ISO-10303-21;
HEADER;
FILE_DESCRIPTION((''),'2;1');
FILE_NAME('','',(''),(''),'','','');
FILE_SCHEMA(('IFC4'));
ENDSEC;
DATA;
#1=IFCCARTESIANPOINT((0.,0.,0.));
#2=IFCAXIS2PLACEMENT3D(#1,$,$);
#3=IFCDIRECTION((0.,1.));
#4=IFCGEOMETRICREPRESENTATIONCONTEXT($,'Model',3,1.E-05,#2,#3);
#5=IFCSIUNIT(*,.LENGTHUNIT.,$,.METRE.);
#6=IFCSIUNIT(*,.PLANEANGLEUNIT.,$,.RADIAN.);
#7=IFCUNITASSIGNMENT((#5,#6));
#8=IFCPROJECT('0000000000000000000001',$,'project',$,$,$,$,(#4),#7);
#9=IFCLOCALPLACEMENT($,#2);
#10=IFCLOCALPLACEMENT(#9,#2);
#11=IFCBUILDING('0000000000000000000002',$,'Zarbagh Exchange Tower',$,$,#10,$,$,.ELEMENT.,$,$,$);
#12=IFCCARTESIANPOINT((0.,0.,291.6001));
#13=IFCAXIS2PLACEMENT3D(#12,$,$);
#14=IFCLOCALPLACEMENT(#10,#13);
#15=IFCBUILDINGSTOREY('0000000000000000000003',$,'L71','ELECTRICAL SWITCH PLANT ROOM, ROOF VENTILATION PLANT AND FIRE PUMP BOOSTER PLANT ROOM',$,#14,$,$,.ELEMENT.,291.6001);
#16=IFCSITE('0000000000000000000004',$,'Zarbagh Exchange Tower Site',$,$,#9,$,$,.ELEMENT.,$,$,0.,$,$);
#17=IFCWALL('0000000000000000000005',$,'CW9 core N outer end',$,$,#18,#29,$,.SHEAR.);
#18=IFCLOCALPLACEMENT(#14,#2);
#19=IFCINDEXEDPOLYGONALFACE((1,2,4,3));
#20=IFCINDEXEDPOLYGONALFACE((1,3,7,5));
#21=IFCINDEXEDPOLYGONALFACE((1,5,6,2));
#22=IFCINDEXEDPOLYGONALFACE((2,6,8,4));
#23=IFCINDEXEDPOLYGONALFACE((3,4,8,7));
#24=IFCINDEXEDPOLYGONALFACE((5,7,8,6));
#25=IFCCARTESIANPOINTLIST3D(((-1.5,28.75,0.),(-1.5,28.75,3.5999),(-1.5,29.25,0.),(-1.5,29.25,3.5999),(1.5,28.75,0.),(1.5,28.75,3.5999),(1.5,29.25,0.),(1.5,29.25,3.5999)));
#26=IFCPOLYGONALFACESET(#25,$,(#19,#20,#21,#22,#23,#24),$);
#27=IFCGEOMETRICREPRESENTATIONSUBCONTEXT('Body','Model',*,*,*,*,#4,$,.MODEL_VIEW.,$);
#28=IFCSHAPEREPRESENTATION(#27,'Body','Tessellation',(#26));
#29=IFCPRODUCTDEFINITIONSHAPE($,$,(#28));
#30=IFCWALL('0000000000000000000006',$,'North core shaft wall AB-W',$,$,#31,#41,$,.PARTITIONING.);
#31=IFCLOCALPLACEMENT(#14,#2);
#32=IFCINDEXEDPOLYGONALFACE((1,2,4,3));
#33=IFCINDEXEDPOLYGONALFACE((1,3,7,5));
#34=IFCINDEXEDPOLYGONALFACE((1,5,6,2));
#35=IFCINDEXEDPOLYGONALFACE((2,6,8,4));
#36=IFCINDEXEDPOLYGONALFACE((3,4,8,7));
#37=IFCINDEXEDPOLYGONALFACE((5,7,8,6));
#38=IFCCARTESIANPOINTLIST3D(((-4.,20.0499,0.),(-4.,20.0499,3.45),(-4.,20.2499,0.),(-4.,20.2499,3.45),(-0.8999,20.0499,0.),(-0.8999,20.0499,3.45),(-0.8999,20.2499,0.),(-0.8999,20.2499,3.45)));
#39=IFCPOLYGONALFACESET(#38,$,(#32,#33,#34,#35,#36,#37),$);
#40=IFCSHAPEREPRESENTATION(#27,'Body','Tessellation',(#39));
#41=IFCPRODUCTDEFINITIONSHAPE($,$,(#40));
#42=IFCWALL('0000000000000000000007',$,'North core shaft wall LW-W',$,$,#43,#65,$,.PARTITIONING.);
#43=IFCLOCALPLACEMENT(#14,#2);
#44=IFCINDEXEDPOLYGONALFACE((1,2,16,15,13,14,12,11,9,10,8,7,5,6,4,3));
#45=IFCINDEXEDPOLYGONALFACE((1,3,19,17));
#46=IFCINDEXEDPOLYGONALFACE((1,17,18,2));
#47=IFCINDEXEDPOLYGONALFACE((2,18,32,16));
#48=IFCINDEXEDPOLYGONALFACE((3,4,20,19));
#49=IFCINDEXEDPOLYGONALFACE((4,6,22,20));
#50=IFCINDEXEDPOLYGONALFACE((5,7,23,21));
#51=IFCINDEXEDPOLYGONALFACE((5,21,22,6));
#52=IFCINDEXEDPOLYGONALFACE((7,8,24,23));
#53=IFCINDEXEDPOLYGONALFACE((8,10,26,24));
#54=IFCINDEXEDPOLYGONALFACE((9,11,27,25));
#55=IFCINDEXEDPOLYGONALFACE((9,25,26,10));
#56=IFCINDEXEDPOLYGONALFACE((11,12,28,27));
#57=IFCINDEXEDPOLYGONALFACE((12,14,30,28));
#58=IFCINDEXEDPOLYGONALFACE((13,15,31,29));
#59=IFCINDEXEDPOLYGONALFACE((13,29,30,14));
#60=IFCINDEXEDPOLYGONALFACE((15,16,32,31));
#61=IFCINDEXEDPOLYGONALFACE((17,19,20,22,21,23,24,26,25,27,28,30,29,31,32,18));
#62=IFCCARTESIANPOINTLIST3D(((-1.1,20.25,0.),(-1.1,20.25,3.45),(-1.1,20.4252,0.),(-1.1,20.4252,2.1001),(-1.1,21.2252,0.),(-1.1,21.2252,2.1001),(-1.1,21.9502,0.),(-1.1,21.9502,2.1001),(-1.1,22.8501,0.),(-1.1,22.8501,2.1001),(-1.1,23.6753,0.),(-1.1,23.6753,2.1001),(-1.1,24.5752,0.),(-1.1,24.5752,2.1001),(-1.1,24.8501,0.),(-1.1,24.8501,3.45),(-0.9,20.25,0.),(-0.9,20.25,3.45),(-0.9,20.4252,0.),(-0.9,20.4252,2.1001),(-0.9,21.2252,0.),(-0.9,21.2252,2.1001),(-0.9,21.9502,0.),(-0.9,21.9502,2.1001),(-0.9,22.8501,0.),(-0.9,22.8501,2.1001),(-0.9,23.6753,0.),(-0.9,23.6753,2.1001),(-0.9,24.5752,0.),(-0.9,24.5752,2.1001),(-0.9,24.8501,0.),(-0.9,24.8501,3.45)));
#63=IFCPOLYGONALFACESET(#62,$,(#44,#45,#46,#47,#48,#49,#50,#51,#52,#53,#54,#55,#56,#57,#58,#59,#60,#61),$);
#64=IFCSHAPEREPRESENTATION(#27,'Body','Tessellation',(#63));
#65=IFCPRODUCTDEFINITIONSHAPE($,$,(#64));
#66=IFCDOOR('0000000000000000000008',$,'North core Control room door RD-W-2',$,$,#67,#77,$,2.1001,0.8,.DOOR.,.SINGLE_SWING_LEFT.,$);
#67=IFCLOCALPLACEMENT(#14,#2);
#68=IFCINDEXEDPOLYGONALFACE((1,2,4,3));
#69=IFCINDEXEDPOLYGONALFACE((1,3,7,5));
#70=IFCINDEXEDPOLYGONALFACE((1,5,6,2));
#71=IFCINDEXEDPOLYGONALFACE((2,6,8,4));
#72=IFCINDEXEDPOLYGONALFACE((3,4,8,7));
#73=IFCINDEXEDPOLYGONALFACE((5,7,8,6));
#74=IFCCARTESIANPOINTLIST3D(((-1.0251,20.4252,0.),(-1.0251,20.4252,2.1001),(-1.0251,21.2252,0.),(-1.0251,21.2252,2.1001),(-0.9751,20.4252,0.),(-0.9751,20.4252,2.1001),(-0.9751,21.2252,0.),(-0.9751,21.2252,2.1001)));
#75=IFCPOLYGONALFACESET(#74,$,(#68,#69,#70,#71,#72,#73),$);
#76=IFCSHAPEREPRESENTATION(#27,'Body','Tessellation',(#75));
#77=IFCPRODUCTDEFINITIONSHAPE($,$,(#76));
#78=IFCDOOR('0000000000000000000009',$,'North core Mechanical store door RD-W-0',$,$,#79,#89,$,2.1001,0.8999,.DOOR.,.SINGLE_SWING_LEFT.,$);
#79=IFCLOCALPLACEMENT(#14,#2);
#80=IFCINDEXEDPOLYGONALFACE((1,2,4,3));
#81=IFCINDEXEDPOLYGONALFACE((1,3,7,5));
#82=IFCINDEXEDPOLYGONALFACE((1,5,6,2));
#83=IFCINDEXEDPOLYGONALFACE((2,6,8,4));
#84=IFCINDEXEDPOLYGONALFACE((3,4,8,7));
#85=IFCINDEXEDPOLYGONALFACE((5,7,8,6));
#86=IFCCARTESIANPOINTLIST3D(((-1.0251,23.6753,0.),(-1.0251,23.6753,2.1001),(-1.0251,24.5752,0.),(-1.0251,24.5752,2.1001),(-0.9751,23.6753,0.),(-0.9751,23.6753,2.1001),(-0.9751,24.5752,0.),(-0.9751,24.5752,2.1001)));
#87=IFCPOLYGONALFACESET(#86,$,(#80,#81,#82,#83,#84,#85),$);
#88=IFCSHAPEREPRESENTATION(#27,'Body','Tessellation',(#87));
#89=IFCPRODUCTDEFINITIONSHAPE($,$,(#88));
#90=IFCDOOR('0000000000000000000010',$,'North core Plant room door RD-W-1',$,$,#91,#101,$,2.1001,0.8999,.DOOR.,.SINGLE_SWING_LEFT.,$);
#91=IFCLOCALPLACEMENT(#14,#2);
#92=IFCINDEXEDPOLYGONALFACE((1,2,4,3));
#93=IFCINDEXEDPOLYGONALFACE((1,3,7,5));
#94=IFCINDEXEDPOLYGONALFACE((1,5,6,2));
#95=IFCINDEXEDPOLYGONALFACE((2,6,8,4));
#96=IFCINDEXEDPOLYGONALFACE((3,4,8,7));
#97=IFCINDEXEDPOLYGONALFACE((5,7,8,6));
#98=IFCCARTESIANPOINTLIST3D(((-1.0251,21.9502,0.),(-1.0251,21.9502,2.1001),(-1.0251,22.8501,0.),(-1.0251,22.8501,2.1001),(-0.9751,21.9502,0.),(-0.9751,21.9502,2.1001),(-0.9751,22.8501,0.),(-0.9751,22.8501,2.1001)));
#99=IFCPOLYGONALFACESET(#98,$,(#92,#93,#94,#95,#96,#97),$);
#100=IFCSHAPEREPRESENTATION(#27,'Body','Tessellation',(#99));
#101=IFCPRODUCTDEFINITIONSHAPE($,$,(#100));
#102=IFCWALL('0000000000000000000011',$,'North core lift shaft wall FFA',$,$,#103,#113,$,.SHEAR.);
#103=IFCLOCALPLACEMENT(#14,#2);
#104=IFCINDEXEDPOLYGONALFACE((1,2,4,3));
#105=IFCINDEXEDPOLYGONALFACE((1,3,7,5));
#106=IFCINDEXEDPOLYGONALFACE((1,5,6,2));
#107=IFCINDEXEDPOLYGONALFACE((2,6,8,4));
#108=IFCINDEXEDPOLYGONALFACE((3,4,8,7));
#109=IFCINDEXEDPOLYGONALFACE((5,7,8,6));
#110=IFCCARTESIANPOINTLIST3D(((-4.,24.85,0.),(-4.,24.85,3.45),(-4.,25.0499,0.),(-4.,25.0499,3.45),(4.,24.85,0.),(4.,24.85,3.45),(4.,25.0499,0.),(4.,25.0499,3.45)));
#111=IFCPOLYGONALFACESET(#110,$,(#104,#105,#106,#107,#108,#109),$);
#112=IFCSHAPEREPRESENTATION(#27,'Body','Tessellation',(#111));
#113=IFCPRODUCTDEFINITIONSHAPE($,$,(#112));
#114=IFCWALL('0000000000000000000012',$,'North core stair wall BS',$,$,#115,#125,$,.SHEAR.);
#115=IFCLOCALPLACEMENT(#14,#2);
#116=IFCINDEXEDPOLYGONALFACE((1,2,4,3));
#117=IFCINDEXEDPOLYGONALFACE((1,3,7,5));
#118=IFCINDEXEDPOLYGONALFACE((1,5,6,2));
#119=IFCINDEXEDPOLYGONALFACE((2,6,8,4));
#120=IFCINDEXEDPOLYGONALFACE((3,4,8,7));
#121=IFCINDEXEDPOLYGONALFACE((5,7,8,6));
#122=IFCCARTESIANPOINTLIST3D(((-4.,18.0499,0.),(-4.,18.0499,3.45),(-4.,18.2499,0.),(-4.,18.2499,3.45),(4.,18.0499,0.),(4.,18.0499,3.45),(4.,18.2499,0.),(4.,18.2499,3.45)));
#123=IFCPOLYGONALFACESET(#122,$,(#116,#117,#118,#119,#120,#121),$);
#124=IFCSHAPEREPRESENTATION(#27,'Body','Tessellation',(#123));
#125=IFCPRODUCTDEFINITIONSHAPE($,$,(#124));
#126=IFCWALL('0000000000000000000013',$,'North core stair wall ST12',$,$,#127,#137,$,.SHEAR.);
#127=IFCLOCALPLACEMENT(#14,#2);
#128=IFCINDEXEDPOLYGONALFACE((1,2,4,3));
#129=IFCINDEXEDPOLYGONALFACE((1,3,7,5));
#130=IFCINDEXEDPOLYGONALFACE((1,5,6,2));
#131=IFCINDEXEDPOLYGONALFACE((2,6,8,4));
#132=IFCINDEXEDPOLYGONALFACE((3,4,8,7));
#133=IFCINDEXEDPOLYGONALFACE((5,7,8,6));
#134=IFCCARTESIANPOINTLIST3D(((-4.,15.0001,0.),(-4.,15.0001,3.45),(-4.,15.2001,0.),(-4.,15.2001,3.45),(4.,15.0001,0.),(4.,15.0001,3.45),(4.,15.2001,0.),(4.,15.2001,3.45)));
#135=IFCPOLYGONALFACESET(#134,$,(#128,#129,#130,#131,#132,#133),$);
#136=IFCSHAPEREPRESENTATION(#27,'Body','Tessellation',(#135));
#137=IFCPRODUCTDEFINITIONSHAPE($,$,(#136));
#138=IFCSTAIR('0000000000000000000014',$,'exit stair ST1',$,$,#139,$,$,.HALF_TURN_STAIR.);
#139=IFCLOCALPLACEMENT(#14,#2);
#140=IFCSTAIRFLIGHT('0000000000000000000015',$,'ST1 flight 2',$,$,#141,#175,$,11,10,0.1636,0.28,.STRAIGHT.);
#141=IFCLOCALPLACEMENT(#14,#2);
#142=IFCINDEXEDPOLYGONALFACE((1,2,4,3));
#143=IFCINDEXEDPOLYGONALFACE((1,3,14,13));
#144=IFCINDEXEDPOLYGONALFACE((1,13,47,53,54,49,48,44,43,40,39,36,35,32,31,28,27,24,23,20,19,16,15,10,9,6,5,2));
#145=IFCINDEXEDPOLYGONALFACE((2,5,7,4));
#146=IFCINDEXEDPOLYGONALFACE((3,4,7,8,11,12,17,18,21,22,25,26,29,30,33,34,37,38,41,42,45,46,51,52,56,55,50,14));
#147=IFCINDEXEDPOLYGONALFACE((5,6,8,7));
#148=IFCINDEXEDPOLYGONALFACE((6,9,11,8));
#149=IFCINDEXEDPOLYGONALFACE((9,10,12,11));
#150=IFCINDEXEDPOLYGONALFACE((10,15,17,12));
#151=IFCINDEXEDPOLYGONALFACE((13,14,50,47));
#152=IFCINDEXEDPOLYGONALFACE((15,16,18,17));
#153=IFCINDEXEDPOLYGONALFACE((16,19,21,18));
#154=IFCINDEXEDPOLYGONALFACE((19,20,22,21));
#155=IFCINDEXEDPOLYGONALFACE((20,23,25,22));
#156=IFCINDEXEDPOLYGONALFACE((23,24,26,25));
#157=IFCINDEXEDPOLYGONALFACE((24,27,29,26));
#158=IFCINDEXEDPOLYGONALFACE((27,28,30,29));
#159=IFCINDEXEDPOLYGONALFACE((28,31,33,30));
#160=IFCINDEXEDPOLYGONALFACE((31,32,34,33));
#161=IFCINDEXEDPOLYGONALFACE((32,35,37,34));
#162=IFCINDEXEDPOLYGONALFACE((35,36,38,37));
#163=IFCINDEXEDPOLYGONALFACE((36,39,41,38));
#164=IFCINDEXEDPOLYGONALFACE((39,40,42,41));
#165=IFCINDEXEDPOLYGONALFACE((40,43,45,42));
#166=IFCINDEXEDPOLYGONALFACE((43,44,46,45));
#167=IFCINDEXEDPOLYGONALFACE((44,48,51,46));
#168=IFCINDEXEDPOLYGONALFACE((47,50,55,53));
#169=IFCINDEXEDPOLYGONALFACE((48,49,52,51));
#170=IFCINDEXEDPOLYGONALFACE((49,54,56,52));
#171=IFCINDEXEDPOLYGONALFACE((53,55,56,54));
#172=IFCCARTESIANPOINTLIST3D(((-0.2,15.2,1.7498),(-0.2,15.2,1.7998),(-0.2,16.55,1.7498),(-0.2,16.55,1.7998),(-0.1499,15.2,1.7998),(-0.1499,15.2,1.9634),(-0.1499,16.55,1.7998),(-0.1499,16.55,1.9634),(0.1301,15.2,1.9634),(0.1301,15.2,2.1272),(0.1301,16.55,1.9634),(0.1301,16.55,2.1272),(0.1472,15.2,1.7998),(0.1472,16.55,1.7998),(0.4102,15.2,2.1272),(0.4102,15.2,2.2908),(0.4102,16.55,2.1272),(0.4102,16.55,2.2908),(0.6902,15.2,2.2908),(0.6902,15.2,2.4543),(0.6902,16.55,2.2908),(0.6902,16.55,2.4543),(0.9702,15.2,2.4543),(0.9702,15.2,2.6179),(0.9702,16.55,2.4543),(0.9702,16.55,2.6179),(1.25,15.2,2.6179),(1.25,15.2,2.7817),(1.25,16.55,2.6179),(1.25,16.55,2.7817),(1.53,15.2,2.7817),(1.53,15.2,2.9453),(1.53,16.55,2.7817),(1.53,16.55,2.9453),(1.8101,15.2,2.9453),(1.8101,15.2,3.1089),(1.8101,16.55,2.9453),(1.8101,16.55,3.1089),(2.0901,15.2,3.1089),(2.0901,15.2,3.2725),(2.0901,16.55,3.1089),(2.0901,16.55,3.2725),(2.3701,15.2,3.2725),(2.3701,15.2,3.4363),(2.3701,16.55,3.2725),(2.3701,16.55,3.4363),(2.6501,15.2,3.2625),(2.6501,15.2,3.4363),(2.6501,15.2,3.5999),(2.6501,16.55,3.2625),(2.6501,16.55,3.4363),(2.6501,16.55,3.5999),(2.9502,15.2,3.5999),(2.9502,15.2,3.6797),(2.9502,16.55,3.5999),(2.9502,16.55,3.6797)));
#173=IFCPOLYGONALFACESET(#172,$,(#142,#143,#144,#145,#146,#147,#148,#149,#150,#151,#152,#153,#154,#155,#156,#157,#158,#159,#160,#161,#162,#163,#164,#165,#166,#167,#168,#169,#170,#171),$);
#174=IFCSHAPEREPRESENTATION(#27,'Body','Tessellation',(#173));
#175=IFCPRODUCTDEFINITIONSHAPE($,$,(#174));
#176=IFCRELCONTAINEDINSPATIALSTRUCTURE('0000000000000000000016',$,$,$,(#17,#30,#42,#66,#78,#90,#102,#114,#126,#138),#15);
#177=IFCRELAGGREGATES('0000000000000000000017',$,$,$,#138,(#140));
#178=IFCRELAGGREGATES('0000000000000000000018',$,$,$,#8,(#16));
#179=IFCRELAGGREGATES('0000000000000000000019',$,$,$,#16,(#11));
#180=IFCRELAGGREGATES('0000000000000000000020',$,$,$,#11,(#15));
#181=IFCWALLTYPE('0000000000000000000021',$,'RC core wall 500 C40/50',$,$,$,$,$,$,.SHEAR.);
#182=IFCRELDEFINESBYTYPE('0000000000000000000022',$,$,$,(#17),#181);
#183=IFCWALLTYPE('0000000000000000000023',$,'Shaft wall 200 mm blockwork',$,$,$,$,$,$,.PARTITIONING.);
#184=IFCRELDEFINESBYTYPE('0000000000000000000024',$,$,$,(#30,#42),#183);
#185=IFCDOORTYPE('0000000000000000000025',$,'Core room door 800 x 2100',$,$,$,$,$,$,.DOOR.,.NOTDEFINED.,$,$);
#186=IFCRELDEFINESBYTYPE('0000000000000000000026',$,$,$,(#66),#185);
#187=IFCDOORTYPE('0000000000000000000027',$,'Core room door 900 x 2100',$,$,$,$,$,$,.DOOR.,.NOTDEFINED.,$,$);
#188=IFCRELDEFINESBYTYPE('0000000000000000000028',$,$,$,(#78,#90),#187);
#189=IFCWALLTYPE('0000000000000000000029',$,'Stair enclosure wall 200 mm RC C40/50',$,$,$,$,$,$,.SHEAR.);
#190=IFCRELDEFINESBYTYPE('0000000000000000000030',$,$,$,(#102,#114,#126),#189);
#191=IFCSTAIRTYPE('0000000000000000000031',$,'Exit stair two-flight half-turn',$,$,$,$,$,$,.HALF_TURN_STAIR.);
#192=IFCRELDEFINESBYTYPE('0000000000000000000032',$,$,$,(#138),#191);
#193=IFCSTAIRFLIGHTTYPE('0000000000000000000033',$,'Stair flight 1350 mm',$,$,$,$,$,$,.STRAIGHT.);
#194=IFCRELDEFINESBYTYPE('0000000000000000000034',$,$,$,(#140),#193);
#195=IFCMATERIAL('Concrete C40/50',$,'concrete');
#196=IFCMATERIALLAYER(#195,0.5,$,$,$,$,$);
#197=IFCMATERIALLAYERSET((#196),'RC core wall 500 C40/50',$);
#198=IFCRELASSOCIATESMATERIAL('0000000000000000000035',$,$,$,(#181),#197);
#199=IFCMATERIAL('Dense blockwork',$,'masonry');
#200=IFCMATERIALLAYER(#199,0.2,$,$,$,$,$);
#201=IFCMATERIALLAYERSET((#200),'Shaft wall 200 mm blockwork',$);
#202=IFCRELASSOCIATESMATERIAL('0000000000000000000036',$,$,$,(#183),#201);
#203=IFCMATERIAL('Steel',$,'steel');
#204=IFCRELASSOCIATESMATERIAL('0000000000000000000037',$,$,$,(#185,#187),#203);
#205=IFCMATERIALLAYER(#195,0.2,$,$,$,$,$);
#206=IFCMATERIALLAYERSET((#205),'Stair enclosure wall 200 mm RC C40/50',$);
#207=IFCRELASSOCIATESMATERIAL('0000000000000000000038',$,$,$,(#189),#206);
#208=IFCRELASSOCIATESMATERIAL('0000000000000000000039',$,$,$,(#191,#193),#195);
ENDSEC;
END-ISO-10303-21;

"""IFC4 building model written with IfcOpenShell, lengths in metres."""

from ifc_helpers import new_model, si_unit, direction, frame, frame_2d, origin, place, context, subcontext, project, spatial, polyline, rectangle, outline, extrude, material, layer, layer_set, type_object, element, fill, aggregate, save


model = new_model("IFC4")

# Units and contexts
model_context = context("Model", 3, precision=1e-05, world=origin(), true_north=direction((0.0, 1.0)))
body_context = subcontext(model_context, "Body", "Model", "MODEL_VIEW")
ifc_project = project(units=[si_unit("LENGTHUNIT", "METRE"), si_unit("PLANEANGLEUNIT", "RADIAN")], contexts=[model_context])

# Site, building, storey
site_placement = place(None, origin())
site = spatial("IfcSite", under=ifc_project, at=site_placement, Name="Zarbagh Exchange Tower Site", CompositionType="ELEMENT", RefElevation=0.0)
building_placement = place(site_placement, origin())
building = spatial("IfcBuilding", under=site, at=building_placement, Name="Zarbagh Exchange Tower", CompositionType="ELEMENT")
storey_placement = place(building_placement, frame((0.0, 0.0, 291.6001)))
storey = spatial("IfcBuildingStorey", under=building, at=storey_placement, Name="L71", Description="ELECTRICAL SWITCH PLANT ROOM, ROOF VENTILATION PLANT AND FIRE PUMP BOOSTER PLANT ROOM", CompositionType="ELEMENT", Elevation=291.6001)

# Shared definitions
ifc_material_1 = material(Name="Concrete C40/50", Category="concrete")

# Shared definitions
ifc_material_2 = material(Name="Dense blockwork", Category="masonry")

# Shared definitions
ifc_layer_1 = layer(ifc_material_1, 0.5)
ifc_layer_set_1 = layer_set([ifc_layer_1], Name="RC core wall 500 C40/50")
wall_type_1 = type_object("IfcWallType", Name="RC core wall 500 C40/50", PredefinedType="SHEAR", material=ifc_layer_set_1)
ifc_material_3 = material(Name="Steel", Category="steel")

# Walls
wall_1_placement = place(storey_placement, frame((-1.5, 29.0, 0.0), z_axis=(0.0, 0.0, 1.0), x_axis=(1.0, 0.0, 0.0)))
element("IfcWall", 1, at=wall_1_placement, inside=storey, type_object=wall_type_1, Name="CW9 core N outer end", PredefinedType="SHEAR", context=body_context, shape_type="SweptSolid", body=[
    extrude(rectangle(XDim=3.0, YDim=0.5, at=frame_2d((1.5, 0.0))), origin(), (0.0, 0.0, 1.0), 3.5999),
])
ifc_layer_2 = layer(ifc_material_2, 0.2)
ifc_layer_set_2 = layer_set([ifc_layer_2], Name="Shaft wall 200 mm blockwork")
wall_type_2 = type_object("IfcWallType", Name="Shaft wall 200 mm blockwork", PredefinedType="PARTITIONING", material=ifc_layer_set_2)
wall_2_placement = place(storey_placement, frame((-4.0, 20.1499, 0.0), z_axis=(0.0, 0.0, 1.0), x_axis=(1.0, 0.0, 0.0)))
element("IfcWall", 2, at=wall_2_placement, inside=storey, type_object=wall_type_2, Name="North core shaft wall AB-W", PredefinedType="PARTITIONING", context=body_context, shape_type="SweptSolid", body=[
    extrude(rectangle(XDim=3.1001, YDim=0.2, at=frame_2d((1.55, 0.0))), origin(), (0.0, 0.0, 1.0), 3.45),
])

# Wall, openings, doors
wall_3_placement = place(storey_placement, frame((-1.0, 24.8501, 0.0), z_axis=(0.0, 0.0, 1.0), x_axis=(0.0, -1.0, 0.0)))
wall_3 = element("IfcWall", 3, at=wall_3_placement, inside=storey, type_object=wall_type_2, Name="North core shaft wall LW-W", PredefinedType="PARTITIONING", context=body_context, shape_type="SweptSolid", body=[
    extrude(rectangle(XDim=4.6001, YDim=0.2, at=frame_2d((2.3, 0.0))), origin(), (0.0, 0.0, 1.0), 3.45),
])
opening_1_placement = place(wall_3_placement, frame((0.2749, 0.0, 0.0)))
opening_1 = element("IfcOpeningElement", 4, at=opening_1_placement, cuts=wall_3, PredefinedType="OPENING", context=body_context, shape_type="SweptSolid", body=[
    extrude(rectangle(XDim=0.8999, YDim=2.1001, at=frame_2d((0.45, 1.05))), frame((0.0, 0.1099, 0.0), z_axis=(0.0, -1.0, 0.0), x_axis=(1.0, 0.0, 0.0)), (0.0, 0.0, 1.0), 0.22),
])
opening_2_placement = place(wall_3_placement, frame((2.0, 0.0, 0.0)))
opening_2 = element("IfcOpeningElement", 5, at=opening_2_placement, cuts=wall_3, PredefinedType="OPENING", context=body_context, shape_type="SweptSolid", body=[
    extrude(rectangle(XDim=0.8999, YDim=2.1001, at=frame_2d((0.45, 1.05))), frame((0.0, 0.1099, 0.0), z_axis=(0.0, -1.0, 0.0), x_axis=(1.0, 0.0, 0.0)), (0.0, 0.0, 1.0), 0.22),
])
opening_3_placement = place(wall_3_placement, frame((3.625, 0.0, 0.0)))
opening_3 = element("IfcOpeningElement", 6, at=opening_3_placement, cuts=wall_3, PredefinedType="OPENING", context=body_context, shape_type="SweptSolid", body=[
    extrude(rectangle(XDim=0.8, YDim=2.1001, at=frame_2d((0.3999, 1.05))), frame((0.0, 0.1099, 0.0), z_axis=(0.0, -1.0, 0.0), x_axis=(1.0, 0.0, 0.0)), (0.0, 0.0, 1.0), 0.22),
])
door_type_1 = type_object("IfcDoorType", Name="Core room door 800 x 2100", OperationType="NOTDEFINED", PredefinedType="DOOR", material=ifc_material_3)
door_1_placement = place(opening_3_placement, origin())
door_1 = element("IfcDoor", 7, at=door_1_placement, inside=storey, type_object=door_type_1, Name="North core Control room door RD-W-2", OperationType="SINGLE_SWING_LEFT", OverallHeight=2.1001, OverallWidth=0.8, PredefinedType="DOOR", context=body_context, shape_type="SweptSolid", body=[
    extrude(rectangle(XDim=0.8, YDim=2.1001, at=frame_2d((0.3999, 1.05))), frame((0.0, 0.0249, 0.0), z_axis=(0.0, -1.0, 0.0), x_axis=(1.0, 0.0, 0.0)), (0.0, 0.0, 1.0), 0.05),
])
fill(opening_3, door_1)
door_type_2 = type_object("IfcDoorType", Name="Core room door 900 x 2100", OperationType="NOTDEFINED", PredefinedType="DOOR", material=ifc_material_3)
door_2_placement = place(opening_1_placement, origin())
door_2 = element("IfcDoor", 8, at=door_2_placement, inside=storey, type_object=door_type_2, Name="North core Mechanical store door RD-W-0", OperationType="SINGLE_SWING_LEFT", OverallHeight=2.1001, OverallWidth=0.8999, PredefinedType="DOOR", context=body_context, shape_type="SweptSolid", body=[
    extrude(rectangle(XDim=0.8999, YDim=2.1001, at=frame_2d((0.45, 1.05))), frame((0.0, 0.0249, 0.0), z_axis=(0.0, -1.0, 0.0), x_axis=(1.0, 0.0, 0.0)), (0.0, 0.0, 1.0), 0.05),
])
fill(opening_1, door_2)
door_3_placement = place(opening_2_placement, origin())
door_3 = element("IfcDoor", 9, at=door_3_placement, inside=storey, type_object=door_type_2, Name="North core Plant room door RD-W-1", OperationType="SINGLE_SWING_LEFT", OverallHeight=2.1001, OverallWidth=0.8999, PredefinedType="DOOR", context=body_context, shape_type="SweptSolid", body=[
    extrude(rectangle(XDim=0.8999, YDim=2.1001, at=frame_2d((0.45, 1.05))), frame((0.0, 0.0249, 0.0), z_axis=(0.0, -1.0, 0.0), x_axis=(1.0, 0.0, 0.0)), (0.0, 0.0, 1.0), 0.05),
])
fill(opening_2, door_3)

# Walls
ifc_layer_3 = layer(ifc_material_1, 0.2)
ifc_layer_set_3 = layer_set([ifc_layer_3], Name="Stair enclosure wall 200 mm RC C40/50")
wall_type_3 = type_object("IfcWallType", Name="Stair enclosure wall 200 mm RC C40/50", PredefinedType="SHEAR", material=ifc_layer_set_3)
for number, where, z_axis, x_axis, name in (
    (10, (-4.0, 24.95, 0.0), (0.0, 0.0, 1.0), (1.0, 0.0, 0.0), "North core lift shaft wall FFA"),
    (11, (-4.0, 18.1499, 0.0), (0.0, 0.0, 1.0), (1.0, 0.0, 0.0), "North core stair wall BS"),
    (12, (-4.0, 15.1001, 0.0), (0.0, 0.0, 1.0), (1.0, 0.0, 0.0), "North core stair wall ST12"),
):
    element("IfcWall", number, at=place(storey_placement, frame(where, z_axis=z_axis, x_axis=x_axis)), inside=storey, type_object=wall_type_3, Name=name, PredefinedType="SHEAR", context=body_context, shape_type="SweptSolid", body=[
        extrude(rectangle(XDim=8.0, YDim=0.2, at=frame_2d((4.0, 0.0))), origin(), (0.0, 0.0, 1.0), 3.45),
    ])

# Stair, stair flight
stair_type = type_object("IfcStairType", Name="Exit stair two-flight half-turn", PredefinedType="HALF_TURN_STAIR", material=ifc_material_1)
stair_1_placement = place(storey_placement, origin())
stair_1 = element("IfcStair", 13, at=stair_1_placement, inside=storey, type_object=stair_type, Name="exit stair ST1", PredefinedType="HALF_TURN_STAIR")
stair_flight_type_1 = type_object("IfcStairFlightType", Name="Stair flight 1350 mm", PredefinedType="STRAIGHT", material=ifc_material_1)
stair_flight_1_placement = place(storey_placement, frame((-0.1499, 15.875, 1.7998), z_axis=(0.0, 0.0, 1.0), x_axis=(1.0, 0.0, 0.0)))
stair_flight_1 = element("IfcStairFlight", 14, at=stair_flight_1_placement, type_object=stair_flight_type_1, Name="ST1 flight 2", NumberOfRisers=11, NumberOfTreads=10, PredefinedType="STRAIGHT", RiserHeight=0.1636, TreadLength=0.28, context=body_context, shape_type="SweptSolid", body=[
    extrude(outline(polyline([(-0.05, -0.05), (-0.05, 0.0), (0.0, 0.0), (0.0, 0.1636), (0.28, 0.1636), (0.28, 0.3274), (0.5601, 0.3274), (0.5601, 0.491), (0.8401, 0.491), (0.8401, 0.6545), (1.1201, 0.6545), (1.1201, 0.8181), (1.3999, 0.8181), (1.3999, 0.9819), (1.6799, 0.9819), (1.6799, 1.1455), (1.96, 1.1455), (1.96, 1.3091), (2.24, 1.3091), (2.24, 1.4727), (2.52, 1.4727), (2.52, 1.6365), (2.8, 1.6365), (2.8, 1.8), (3.1001, 1.8799), (3.1001, 1.8), (2.8, 1.4626), (0.2971, 0.0), (-0.05, -0.05)])), frame((0.0, 0.675, 0.0), z_axis=(0.0, -1.0, 0.0), x_axis=(1.0, 0.0, 0.0)), (0.0, 0.0, 1.0), 1.3501),
])
aggregate(stair_1, [stair_flight_1])

save(model, "model.ifc")
